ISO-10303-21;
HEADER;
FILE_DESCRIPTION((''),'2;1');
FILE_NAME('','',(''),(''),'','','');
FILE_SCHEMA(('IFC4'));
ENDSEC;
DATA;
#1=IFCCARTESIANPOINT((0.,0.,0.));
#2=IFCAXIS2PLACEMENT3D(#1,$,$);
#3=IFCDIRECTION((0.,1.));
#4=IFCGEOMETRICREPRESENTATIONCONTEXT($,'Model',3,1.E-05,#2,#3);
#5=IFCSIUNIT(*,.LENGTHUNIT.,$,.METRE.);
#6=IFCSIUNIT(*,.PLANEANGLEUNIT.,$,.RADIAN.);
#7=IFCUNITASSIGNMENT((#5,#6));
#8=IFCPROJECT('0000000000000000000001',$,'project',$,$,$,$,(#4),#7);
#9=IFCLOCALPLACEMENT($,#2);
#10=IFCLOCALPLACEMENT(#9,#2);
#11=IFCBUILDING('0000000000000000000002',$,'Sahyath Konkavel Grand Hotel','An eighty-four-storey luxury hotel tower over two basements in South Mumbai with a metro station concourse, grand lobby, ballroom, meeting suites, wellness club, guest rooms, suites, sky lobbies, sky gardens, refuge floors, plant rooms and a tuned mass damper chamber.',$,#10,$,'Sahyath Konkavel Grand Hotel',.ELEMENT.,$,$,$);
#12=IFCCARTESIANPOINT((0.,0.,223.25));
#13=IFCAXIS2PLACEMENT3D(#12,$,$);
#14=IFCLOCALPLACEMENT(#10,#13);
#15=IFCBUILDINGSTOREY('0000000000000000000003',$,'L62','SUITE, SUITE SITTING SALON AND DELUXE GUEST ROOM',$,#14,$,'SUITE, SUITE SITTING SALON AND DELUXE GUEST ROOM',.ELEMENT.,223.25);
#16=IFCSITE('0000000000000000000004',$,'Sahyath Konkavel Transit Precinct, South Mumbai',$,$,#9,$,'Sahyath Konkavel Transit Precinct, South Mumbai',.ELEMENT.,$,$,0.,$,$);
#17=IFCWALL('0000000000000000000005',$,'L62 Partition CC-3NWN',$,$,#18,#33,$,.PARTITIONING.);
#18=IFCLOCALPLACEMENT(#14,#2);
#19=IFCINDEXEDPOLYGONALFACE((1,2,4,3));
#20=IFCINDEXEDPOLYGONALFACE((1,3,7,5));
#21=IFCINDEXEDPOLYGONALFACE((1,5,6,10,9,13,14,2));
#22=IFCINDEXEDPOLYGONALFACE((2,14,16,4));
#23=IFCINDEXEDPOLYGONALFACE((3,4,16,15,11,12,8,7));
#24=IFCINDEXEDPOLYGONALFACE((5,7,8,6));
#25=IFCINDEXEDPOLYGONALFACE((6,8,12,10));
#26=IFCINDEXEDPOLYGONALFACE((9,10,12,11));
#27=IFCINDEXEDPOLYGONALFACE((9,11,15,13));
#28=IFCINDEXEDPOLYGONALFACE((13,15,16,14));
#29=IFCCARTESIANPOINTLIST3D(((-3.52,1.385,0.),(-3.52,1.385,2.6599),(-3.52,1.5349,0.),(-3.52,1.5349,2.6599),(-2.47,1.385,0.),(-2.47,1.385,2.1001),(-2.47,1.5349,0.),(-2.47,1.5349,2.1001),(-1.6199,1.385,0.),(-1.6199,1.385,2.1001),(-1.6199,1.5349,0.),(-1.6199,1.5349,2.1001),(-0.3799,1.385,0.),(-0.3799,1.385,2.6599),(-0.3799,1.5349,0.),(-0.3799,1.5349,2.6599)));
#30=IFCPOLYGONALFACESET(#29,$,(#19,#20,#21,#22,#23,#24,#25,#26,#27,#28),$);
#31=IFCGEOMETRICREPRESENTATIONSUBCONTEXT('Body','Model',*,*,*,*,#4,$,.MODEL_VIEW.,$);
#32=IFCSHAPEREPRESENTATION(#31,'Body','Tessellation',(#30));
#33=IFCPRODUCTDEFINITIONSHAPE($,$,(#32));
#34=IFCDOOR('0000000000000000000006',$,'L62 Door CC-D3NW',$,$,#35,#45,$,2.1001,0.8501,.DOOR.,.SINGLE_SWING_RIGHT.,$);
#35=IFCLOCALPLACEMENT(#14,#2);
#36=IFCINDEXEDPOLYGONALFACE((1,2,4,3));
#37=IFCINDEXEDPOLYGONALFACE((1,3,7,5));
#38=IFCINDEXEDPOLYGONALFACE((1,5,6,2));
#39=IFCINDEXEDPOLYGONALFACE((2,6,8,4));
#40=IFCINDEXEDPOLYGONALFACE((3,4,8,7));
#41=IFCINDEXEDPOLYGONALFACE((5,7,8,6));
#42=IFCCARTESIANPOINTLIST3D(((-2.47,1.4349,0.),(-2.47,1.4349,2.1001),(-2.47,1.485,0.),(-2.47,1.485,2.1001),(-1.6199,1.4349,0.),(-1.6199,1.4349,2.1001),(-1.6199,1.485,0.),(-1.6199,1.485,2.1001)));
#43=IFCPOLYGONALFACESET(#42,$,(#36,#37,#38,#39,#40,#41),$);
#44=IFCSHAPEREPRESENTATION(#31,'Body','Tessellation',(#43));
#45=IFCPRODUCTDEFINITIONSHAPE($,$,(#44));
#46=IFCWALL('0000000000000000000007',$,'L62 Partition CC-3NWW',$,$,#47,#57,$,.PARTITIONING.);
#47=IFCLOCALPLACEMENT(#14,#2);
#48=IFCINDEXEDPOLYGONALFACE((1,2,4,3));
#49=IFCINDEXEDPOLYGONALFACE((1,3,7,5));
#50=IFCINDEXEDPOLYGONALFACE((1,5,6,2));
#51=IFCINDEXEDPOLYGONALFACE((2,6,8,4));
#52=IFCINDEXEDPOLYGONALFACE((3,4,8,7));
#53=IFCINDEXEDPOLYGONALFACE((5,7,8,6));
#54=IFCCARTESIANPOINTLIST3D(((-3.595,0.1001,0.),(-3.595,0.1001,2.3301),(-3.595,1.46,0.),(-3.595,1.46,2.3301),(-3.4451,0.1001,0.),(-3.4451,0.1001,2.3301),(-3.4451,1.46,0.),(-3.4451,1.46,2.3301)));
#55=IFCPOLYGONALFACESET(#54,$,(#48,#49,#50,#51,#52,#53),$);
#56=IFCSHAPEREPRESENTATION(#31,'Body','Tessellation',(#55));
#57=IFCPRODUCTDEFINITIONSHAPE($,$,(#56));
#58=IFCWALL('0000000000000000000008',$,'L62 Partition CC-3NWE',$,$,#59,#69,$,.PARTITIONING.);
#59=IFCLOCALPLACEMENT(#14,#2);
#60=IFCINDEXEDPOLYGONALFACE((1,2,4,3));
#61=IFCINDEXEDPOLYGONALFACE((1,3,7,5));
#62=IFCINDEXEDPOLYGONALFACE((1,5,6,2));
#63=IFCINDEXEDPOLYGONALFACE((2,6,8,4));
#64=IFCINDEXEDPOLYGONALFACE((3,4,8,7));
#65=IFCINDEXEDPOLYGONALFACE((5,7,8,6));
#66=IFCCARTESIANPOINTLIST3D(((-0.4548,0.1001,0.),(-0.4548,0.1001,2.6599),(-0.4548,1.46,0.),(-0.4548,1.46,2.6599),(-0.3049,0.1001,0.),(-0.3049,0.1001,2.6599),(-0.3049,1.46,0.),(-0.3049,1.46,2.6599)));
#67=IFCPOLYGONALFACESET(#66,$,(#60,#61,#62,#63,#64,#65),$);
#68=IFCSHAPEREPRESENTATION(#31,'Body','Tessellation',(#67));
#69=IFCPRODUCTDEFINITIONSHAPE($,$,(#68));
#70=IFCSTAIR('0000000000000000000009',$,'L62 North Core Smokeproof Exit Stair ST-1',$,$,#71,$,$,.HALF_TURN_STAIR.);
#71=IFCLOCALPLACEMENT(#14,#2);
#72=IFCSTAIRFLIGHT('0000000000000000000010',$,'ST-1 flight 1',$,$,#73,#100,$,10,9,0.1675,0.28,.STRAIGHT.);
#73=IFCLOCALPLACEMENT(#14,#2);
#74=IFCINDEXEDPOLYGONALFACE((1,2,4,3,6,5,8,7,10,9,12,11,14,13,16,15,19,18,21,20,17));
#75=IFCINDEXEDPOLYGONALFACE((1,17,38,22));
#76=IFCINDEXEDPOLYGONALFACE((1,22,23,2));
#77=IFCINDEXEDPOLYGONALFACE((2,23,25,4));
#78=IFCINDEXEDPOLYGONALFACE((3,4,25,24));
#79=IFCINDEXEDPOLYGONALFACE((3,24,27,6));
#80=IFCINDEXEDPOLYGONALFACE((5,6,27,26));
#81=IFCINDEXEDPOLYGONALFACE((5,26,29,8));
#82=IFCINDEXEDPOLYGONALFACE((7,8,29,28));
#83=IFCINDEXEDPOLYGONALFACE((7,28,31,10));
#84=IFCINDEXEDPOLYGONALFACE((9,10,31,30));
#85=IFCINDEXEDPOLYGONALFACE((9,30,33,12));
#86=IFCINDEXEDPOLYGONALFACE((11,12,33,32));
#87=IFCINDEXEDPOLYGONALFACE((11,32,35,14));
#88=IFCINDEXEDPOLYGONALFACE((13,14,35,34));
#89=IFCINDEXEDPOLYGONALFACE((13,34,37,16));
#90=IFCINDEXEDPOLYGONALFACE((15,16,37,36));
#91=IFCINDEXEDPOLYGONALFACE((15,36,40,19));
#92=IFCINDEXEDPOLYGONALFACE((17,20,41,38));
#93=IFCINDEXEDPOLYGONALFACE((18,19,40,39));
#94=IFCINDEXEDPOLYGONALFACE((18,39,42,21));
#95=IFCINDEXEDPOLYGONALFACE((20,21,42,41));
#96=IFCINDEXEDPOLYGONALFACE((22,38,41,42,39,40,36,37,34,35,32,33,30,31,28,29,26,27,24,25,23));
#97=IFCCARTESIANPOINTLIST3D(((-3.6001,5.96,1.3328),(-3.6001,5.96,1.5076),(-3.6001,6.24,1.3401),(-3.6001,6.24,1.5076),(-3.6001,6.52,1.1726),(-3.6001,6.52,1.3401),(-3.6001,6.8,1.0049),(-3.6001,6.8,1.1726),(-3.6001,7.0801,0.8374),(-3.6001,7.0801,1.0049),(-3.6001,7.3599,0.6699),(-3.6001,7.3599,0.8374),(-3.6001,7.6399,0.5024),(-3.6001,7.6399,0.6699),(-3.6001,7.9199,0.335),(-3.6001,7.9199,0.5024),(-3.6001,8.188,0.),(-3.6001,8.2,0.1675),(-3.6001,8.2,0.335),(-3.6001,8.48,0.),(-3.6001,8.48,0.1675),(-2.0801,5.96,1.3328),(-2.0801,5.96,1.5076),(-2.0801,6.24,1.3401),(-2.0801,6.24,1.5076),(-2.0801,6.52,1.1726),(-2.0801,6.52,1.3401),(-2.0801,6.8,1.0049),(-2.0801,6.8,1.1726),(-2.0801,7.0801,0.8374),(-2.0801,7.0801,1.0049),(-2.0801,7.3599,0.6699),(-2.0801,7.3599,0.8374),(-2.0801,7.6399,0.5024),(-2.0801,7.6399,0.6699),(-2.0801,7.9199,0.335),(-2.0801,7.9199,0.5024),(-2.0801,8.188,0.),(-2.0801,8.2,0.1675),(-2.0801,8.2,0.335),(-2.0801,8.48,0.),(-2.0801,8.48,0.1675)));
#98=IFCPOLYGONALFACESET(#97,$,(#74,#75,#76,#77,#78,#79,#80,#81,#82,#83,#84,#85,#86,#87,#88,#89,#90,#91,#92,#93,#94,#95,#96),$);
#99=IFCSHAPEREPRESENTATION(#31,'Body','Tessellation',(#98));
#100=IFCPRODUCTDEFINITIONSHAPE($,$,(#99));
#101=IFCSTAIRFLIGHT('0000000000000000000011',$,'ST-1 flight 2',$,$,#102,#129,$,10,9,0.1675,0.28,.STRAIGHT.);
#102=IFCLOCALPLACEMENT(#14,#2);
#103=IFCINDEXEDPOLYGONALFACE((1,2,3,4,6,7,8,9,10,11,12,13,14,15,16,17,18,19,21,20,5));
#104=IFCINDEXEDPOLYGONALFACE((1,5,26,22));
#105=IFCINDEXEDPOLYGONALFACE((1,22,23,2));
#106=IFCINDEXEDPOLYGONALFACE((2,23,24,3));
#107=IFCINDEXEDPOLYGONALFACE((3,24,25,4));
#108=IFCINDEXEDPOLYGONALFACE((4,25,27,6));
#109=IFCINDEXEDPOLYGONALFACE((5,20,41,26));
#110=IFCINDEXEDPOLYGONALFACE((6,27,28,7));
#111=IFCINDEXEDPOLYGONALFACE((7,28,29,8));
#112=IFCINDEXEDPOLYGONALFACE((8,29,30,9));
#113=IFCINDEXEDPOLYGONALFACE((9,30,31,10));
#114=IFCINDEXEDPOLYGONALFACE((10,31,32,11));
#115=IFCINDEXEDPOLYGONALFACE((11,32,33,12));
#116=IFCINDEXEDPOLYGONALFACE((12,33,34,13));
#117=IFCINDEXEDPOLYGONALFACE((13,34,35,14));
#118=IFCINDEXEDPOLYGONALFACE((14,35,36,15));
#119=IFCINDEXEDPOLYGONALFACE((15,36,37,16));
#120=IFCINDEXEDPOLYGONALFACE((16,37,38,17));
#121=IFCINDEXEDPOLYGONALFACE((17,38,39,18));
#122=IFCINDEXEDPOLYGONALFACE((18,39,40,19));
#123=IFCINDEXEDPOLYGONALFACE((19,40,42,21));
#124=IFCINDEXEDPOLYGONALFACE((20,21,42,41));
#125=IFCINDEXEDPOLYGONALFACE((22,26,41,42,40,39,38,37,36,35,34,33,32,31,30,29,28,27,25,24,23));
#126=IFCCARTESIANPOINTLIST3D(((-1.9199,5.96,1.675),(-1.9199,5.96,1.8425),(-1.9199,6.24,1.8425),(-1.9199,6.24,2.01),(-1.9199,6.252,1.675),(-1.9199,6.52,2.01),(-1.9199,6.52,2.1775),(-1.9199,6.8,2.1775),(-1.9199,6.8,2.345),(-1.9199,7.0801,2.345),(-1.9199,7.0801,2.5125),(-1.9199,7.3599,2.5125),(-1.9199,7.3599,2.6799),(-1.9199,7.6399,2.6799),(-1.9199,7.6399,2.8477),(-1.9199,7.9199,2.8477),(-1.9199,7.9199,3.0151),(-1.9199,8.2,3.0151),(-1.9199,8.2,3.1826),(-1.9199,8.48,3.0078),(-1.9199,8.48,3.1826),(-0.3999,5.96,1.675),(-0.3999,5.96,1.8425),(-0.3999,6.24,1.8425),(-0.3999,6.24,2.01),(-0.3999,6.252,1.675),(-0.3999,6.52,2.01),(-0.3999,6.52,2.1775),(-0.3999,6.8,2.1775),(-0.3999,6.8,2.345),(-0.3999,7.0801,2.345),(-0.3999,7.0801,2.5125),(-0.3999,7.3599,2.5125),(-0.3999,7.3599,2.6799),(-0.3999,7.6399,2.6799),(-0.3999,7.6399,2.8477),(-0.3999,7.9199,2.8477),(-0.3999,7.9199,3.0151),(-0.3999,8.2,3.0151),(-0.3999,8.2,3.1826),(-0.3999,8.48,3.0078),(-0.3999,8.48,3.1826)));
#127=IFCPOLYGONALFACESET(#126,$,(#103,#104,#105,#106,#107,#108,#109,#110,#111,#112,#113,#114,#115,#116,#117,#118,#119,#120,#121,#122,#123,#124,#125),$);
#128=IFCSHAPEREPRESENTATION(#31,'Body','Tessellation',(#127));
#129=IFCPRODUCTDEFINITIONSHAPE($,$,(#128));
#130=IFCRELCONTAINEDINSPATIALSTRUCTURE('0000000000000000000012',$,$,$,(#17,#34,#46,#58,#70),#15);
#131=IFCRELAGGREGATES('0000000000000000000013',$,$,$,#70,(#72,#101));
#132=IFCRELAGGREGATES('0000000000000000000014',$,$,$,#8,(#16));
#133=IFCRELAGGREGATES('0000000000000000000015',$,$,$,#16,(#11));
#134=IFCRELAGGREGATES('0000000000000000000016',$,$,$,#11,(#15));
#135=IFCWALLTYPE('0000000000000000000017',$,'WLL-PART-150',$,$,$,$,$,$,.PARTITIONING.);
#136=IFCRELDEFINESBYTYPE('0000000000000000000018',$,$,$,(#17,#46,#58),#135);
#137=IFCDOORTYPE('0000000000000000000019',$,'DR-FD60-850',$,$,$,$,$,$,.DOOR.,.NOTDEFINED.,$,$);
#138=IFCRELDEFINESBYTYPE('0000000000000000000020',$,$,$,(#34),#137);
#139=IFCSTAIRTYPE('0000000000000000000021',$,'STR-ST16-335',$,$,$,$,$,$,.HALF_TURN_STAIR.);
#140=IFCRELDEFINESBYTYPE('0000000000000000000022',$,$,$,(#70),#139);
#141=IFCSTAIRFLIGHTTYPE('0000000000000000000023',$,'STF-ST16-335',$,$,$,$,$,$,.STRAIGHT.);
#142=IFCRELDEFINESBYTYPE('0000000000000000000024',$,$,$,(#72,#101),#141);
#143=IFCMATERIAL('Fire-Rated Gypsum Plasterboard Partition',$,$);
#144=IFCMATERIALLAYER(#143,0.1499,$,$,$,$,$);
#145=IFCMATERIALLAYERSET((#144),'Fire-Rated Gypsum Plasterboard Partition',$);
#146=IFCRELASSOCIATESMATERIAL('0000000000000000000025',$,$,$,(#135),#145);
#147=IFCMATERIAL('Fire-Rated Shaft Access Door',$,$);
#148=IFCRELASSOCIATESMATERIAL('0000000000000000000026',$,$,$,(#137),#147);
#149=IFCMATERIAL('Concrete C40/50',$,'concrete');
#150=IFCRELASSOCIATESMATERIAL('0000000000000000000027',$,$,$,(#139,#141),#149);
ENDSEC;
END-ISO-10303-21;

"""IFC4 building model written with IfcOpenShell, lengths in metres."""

from ifc_helpers import new_model, si_unit, direction, frame, frame_2d, origin, origin_2d, place, context, subcontext, project, spatial, polyline, rectangle, outline, extrude, source, transform, mapped, material, layer, layer_set, type_object, element, fill, aggregate, save


model = new_model("IFC4")

# Units and contexts
model_context = context("Model", 3, precision=1e-05, world=origin(), true_north=direction((0.0, 1.0)))
body_context = subcontext(model_context, "Body", "Model", "MODEL_VIEW")
ifc_project = project(units=[si_unit("LENGTHUNIT", "METRE"), si_unit("PLANEANGLEUNIT", "RADIAN")], contexts=[model_context])

# Site, building, storey
site_placement = place(None, origin())
site = spatial("IfcSite", under=ifc_project, at=site_placement, Name="Sahyath Konkavel Transit Precinct, South Mumbai", LongName="Sahyath Konkavel Transit Precinct, South Mumbai", CompositionType="ELEMENT", RefElevation=0.0)
building_placement = place(site_placement, origin())
building = spatial("IfcBuilding", under=site, at=building_placement, Name="Sahyath Konkavel Grand Hotel", Description="An eighty-four-storey luxury hotel tower over two basements in South Mumbai with a metro station concourse, grand lobby, ballroom, meeting suites, wellness club, guest rooms, suites, sky lobbies, sky gardens, refuge floors, plant rooms and a tuned mass damper chamber.", LongName="Sahyath Konkavel Grand Hotel", CompositionType="ELEMENT")
storey_placement = place(building_placement, frame((0.0, 0.0, 223.25)))
storey = spatial("IfcBuildingStorey", under=building, at=storey_placement, Name="L62", Description="SUITE, SUITE SITTING SALON AND DELUXE GUEST ROOM", LongName="SUITE, SUITE SITTING SALON AND DELUXE GUEST ROOM", CompositionType="ELEMENT", Elevation=223.25)

# Shared definitions
ifc_material_1 = material(Name="Concrete C40/50", Category="concrete")

# Shared definitions
ifc_material_2 = material(Name="Fire-Rated Gypsum Plasterboard Partition")
ifc_layer_1 = layer(ifc_material_2, 0.1499)
ifc_layer_set_1 = layer_set([ifc_layer_1], Name="Fire-Rated Gypsum Plasterboard Partition")
wall_type_1 = type_object("IfcWallType", Name="WLL-PART-150", PredefinedType="PARTITIONING", material=ifc_layer_set_1)

# Wall, opening, door
wall_1_placement = place(storey_placement, frame((-3.52, 1.46, 0.0), z_axis=(0.0, 0.0, 1.0), x_axis=(1.0, 0.0, 0.0)))
wall_1 = element("IfcWall", 1, at=wall_1_placement, inside=storey, type_object=wall_type_1, Name="L62 Partition CC-3NWN", PredefinedType="PARTITIONING", context=body_context, shape_type="SweptSolid", body=[
    extrude(rectangle(XDim=3.1401, YDim=0.1499, at=frame_2d((1.5701, 0.0))), origin(), (0.0, 0.0, 1.0), 2.6599),
])
opening_1_placement = place(wall_1_placement, frame((1.05, 0.0, 0.0)))
opening_1 = element("IfcOpeningElement", 2, at=opening_1_placement, cuts=wall_1, PredefinedType="OPENING", context=body_context, shape_type="SweptSolid", body=[
    extrude(rectangle(XDim=0.8501, YDim=2.1001, at=frame_2d((0.425, 1.05))), frame((0.0, 0.085, 0.0), z_axis=(0.0, -1.0, 0.0), x_axis=(1.0, 0.0, 0.0)), (0.0, 0.0, 1.0), 0.1699),
])
ifc_material_3 = material(Name="Fire-Rated Shaft Access Door")
door_type_1 = type_object("IfcDoorType", Name="DR-FD60-850", OperationType="NOTDEFINED", PredefinedType="DOOR", material=ifc_material_3)
shared_shape_1 = source(origin(), body_context, "Body", "SweptSolid", [
    extrude(rectangle(XDim=0.8501, YDim=0.05, at=origin_2d()), origin(), (0.0, 0.0, 1.0), 2.1001),
])
door_1_placement = place(opening_1_placement, frame((0.425, 0.0, 0.0)))
door_1 = element("IfcDoor", 3, at=door_1_placement, inside=storey, type_object=door_type_1, Name="L62 Door CC-D3NW", OperationType="SINGLE_SWING_RIGHT", OverallHeight=2.1001, OverallWidth=0.8501, PredefinedType="DOOR", context=body_context, shape_type="MappedRepresentation", body=[
    mapped(shared_shape_1, transform((0.0, 0.0, 0.0), scale=1.0)),
])
fill(opening_1, door_1)

# Walls
wall_2_placement = place(storey_placement, frame((-3.52, 0.1001, 0.0), z_axis=(0.0, 0.0, 1.0), x_axis=(0.0, 1.0, 0.0)))
element("IfcWall", 4, at=wall_2_placement, inside=storey, type_object=wall_type_1, Name="L62 Partition CC-3NWW", PredefinedType="PARTITIONING", context=body_context, shape_type="SweptSolid", body=[
    extrude(rectangle(XDim=1.3599, YDim=0.1499, at=frame_2d((0.6799, 0.0))), origin(), (0.0, 0.0, 1.0), 2.3301),
])
wall_3_placement = place(storey_placement, frame((-0.3799, 0.1001, 0.0), z_axis=(0.0, 0.0, 1.0), x_axis=(0.0, 1.0, 0.0)))
element("IfcWall", 5, at=wall_3_placement, inside=storey, type_object=wall_type_1, Name="L62 Partition CC-3NWE", PredefinedType="PARTITIONING", context=body_context, shape_type="SweptSolid", body=[
    extrude(rectangle(XDim=1.3599, YDim=0.1499, at=frame_2d((0.6799, 0.0))), origin(), (0.0, 0.0, 1.0), 2.6599),
])

# Stair, stair flights
stair_type = type_object("IfcStairType", Name="STR-ST16-335", PredefinedType="HALF_TURN_STAIR", material=ifc_material_1)
stair_placement = place(storey_placement, origin())
stair = element("IfcStair", 6, at=stair_placement, inside=storey, type_object=stair_type, Name="L62 North Core Smokeproof Exit Stair ST-1", PredefinedType="HALF_TURN_STAIR")
stair_flight_type = type_object("IfcStairFlightType", Name="STF-ST16-335", PredefinedType="STRAIGHT", material=ifc_material_1)
stair_flight_1_placement = place(storey_placement, frame((-2.8401, 8.48, 0.0), z_axis=(0.0, 0.0, 1.0), x_axis=(0.0, -1.0, 0.0)))
stair_flight_1 = element("IfcStairFlight", 7, at=stair_flight_1_placement, type_object=stair_flight_type, Name="ST-1 flight 1", NumberOfRisers=10, NumberOfTreads=9, PredefinedType="STRAIGHT", RiserHeight=0.1675, TreadLength=0.28, context=body_context, shape_type="SweptSolid", body=[
    extrude(outline(polyline([(0.0, 0.0), (0.0, 0.1675), (0.28, 0.1675), (0.28, 0.335), (0.5601, 0.335), (0.5601, 0.5024), (0.8401, 0.5024), (0.8401, 0.6699), (1.1201, 0.6699), (1.1201, 0.8374), (1.3999, 0.8374), (1.3999, 1.0049), (1.6799, 1.0049), (1.6799, 1.1726), (1.96, 1.1726), (1.96, 1.3401), (2.24, 1.3401), (2.24, 1.5076), (2.52, 1.5076), (2.52, 1.675), (2.52, 1.3328), (0.292, 0.0), (0.0, 0.0)])), frame((0.0, 0.76, 0.0), z_axis=(0.0, -1.0, 0.0), x_axis=(1.0, 0.0, 0.0)), (0.0, 0.0, 1.0), 1.52),
])
stair_flight_2_placement = place(storey_placement, frame((-1.1599, 5.96, 1.675), z_axis=(0.0, 0.0, 1.0), x_axis=(0.0, 1.0, 0.0)))
stair_flight_2 = element("IfcStairFlight", 8, at=stair_flight_2_placement, type_object=stair_flight_type, Name="ST-1 flight 2", NumberOfRisers=10, NumberOfTreads=9, PredefinedType="STRAIGHT", RiserHeight=0.1675, TreadLength=0.28, context=body_context, shape_type="SweptSolid", body=[
    extrude(outline(polyline([(0.0, 0.0), (0.0, 0.1675), (0.28, 0.1675), (0.28, 0.335), (0.5601, 0.335), (0.5601, 0.5024), (0.8401, 0.5024), (0.8401, 0.6699), (1.1201, 0.6699), (1.1201, 0.8374), (1.3999, 0.8374), (1.3999, 1.0049), (1.6799, 1.0049), (1.6799, 1.1726), (1.96, 1.1726), (1.96, 1.3401), (2.24, 1.3401), (2.24, 1.5076), (2.52, 1.5076), (2.52, 1.675), (2.52, 1.3328), (0.292, 0.0), (0.0, 0.0)])), frame((0.0, 0.76, 0.0), z_axis=(0.0, -1.0, 0.0), x_axis=(1.0, 0.0, 0.0)), (0.0, 0.0, 1.0), 1.52),
])
aggregate(stair, [stair_flight_1, stair_flight_2])

save(model, "model.ifc")
